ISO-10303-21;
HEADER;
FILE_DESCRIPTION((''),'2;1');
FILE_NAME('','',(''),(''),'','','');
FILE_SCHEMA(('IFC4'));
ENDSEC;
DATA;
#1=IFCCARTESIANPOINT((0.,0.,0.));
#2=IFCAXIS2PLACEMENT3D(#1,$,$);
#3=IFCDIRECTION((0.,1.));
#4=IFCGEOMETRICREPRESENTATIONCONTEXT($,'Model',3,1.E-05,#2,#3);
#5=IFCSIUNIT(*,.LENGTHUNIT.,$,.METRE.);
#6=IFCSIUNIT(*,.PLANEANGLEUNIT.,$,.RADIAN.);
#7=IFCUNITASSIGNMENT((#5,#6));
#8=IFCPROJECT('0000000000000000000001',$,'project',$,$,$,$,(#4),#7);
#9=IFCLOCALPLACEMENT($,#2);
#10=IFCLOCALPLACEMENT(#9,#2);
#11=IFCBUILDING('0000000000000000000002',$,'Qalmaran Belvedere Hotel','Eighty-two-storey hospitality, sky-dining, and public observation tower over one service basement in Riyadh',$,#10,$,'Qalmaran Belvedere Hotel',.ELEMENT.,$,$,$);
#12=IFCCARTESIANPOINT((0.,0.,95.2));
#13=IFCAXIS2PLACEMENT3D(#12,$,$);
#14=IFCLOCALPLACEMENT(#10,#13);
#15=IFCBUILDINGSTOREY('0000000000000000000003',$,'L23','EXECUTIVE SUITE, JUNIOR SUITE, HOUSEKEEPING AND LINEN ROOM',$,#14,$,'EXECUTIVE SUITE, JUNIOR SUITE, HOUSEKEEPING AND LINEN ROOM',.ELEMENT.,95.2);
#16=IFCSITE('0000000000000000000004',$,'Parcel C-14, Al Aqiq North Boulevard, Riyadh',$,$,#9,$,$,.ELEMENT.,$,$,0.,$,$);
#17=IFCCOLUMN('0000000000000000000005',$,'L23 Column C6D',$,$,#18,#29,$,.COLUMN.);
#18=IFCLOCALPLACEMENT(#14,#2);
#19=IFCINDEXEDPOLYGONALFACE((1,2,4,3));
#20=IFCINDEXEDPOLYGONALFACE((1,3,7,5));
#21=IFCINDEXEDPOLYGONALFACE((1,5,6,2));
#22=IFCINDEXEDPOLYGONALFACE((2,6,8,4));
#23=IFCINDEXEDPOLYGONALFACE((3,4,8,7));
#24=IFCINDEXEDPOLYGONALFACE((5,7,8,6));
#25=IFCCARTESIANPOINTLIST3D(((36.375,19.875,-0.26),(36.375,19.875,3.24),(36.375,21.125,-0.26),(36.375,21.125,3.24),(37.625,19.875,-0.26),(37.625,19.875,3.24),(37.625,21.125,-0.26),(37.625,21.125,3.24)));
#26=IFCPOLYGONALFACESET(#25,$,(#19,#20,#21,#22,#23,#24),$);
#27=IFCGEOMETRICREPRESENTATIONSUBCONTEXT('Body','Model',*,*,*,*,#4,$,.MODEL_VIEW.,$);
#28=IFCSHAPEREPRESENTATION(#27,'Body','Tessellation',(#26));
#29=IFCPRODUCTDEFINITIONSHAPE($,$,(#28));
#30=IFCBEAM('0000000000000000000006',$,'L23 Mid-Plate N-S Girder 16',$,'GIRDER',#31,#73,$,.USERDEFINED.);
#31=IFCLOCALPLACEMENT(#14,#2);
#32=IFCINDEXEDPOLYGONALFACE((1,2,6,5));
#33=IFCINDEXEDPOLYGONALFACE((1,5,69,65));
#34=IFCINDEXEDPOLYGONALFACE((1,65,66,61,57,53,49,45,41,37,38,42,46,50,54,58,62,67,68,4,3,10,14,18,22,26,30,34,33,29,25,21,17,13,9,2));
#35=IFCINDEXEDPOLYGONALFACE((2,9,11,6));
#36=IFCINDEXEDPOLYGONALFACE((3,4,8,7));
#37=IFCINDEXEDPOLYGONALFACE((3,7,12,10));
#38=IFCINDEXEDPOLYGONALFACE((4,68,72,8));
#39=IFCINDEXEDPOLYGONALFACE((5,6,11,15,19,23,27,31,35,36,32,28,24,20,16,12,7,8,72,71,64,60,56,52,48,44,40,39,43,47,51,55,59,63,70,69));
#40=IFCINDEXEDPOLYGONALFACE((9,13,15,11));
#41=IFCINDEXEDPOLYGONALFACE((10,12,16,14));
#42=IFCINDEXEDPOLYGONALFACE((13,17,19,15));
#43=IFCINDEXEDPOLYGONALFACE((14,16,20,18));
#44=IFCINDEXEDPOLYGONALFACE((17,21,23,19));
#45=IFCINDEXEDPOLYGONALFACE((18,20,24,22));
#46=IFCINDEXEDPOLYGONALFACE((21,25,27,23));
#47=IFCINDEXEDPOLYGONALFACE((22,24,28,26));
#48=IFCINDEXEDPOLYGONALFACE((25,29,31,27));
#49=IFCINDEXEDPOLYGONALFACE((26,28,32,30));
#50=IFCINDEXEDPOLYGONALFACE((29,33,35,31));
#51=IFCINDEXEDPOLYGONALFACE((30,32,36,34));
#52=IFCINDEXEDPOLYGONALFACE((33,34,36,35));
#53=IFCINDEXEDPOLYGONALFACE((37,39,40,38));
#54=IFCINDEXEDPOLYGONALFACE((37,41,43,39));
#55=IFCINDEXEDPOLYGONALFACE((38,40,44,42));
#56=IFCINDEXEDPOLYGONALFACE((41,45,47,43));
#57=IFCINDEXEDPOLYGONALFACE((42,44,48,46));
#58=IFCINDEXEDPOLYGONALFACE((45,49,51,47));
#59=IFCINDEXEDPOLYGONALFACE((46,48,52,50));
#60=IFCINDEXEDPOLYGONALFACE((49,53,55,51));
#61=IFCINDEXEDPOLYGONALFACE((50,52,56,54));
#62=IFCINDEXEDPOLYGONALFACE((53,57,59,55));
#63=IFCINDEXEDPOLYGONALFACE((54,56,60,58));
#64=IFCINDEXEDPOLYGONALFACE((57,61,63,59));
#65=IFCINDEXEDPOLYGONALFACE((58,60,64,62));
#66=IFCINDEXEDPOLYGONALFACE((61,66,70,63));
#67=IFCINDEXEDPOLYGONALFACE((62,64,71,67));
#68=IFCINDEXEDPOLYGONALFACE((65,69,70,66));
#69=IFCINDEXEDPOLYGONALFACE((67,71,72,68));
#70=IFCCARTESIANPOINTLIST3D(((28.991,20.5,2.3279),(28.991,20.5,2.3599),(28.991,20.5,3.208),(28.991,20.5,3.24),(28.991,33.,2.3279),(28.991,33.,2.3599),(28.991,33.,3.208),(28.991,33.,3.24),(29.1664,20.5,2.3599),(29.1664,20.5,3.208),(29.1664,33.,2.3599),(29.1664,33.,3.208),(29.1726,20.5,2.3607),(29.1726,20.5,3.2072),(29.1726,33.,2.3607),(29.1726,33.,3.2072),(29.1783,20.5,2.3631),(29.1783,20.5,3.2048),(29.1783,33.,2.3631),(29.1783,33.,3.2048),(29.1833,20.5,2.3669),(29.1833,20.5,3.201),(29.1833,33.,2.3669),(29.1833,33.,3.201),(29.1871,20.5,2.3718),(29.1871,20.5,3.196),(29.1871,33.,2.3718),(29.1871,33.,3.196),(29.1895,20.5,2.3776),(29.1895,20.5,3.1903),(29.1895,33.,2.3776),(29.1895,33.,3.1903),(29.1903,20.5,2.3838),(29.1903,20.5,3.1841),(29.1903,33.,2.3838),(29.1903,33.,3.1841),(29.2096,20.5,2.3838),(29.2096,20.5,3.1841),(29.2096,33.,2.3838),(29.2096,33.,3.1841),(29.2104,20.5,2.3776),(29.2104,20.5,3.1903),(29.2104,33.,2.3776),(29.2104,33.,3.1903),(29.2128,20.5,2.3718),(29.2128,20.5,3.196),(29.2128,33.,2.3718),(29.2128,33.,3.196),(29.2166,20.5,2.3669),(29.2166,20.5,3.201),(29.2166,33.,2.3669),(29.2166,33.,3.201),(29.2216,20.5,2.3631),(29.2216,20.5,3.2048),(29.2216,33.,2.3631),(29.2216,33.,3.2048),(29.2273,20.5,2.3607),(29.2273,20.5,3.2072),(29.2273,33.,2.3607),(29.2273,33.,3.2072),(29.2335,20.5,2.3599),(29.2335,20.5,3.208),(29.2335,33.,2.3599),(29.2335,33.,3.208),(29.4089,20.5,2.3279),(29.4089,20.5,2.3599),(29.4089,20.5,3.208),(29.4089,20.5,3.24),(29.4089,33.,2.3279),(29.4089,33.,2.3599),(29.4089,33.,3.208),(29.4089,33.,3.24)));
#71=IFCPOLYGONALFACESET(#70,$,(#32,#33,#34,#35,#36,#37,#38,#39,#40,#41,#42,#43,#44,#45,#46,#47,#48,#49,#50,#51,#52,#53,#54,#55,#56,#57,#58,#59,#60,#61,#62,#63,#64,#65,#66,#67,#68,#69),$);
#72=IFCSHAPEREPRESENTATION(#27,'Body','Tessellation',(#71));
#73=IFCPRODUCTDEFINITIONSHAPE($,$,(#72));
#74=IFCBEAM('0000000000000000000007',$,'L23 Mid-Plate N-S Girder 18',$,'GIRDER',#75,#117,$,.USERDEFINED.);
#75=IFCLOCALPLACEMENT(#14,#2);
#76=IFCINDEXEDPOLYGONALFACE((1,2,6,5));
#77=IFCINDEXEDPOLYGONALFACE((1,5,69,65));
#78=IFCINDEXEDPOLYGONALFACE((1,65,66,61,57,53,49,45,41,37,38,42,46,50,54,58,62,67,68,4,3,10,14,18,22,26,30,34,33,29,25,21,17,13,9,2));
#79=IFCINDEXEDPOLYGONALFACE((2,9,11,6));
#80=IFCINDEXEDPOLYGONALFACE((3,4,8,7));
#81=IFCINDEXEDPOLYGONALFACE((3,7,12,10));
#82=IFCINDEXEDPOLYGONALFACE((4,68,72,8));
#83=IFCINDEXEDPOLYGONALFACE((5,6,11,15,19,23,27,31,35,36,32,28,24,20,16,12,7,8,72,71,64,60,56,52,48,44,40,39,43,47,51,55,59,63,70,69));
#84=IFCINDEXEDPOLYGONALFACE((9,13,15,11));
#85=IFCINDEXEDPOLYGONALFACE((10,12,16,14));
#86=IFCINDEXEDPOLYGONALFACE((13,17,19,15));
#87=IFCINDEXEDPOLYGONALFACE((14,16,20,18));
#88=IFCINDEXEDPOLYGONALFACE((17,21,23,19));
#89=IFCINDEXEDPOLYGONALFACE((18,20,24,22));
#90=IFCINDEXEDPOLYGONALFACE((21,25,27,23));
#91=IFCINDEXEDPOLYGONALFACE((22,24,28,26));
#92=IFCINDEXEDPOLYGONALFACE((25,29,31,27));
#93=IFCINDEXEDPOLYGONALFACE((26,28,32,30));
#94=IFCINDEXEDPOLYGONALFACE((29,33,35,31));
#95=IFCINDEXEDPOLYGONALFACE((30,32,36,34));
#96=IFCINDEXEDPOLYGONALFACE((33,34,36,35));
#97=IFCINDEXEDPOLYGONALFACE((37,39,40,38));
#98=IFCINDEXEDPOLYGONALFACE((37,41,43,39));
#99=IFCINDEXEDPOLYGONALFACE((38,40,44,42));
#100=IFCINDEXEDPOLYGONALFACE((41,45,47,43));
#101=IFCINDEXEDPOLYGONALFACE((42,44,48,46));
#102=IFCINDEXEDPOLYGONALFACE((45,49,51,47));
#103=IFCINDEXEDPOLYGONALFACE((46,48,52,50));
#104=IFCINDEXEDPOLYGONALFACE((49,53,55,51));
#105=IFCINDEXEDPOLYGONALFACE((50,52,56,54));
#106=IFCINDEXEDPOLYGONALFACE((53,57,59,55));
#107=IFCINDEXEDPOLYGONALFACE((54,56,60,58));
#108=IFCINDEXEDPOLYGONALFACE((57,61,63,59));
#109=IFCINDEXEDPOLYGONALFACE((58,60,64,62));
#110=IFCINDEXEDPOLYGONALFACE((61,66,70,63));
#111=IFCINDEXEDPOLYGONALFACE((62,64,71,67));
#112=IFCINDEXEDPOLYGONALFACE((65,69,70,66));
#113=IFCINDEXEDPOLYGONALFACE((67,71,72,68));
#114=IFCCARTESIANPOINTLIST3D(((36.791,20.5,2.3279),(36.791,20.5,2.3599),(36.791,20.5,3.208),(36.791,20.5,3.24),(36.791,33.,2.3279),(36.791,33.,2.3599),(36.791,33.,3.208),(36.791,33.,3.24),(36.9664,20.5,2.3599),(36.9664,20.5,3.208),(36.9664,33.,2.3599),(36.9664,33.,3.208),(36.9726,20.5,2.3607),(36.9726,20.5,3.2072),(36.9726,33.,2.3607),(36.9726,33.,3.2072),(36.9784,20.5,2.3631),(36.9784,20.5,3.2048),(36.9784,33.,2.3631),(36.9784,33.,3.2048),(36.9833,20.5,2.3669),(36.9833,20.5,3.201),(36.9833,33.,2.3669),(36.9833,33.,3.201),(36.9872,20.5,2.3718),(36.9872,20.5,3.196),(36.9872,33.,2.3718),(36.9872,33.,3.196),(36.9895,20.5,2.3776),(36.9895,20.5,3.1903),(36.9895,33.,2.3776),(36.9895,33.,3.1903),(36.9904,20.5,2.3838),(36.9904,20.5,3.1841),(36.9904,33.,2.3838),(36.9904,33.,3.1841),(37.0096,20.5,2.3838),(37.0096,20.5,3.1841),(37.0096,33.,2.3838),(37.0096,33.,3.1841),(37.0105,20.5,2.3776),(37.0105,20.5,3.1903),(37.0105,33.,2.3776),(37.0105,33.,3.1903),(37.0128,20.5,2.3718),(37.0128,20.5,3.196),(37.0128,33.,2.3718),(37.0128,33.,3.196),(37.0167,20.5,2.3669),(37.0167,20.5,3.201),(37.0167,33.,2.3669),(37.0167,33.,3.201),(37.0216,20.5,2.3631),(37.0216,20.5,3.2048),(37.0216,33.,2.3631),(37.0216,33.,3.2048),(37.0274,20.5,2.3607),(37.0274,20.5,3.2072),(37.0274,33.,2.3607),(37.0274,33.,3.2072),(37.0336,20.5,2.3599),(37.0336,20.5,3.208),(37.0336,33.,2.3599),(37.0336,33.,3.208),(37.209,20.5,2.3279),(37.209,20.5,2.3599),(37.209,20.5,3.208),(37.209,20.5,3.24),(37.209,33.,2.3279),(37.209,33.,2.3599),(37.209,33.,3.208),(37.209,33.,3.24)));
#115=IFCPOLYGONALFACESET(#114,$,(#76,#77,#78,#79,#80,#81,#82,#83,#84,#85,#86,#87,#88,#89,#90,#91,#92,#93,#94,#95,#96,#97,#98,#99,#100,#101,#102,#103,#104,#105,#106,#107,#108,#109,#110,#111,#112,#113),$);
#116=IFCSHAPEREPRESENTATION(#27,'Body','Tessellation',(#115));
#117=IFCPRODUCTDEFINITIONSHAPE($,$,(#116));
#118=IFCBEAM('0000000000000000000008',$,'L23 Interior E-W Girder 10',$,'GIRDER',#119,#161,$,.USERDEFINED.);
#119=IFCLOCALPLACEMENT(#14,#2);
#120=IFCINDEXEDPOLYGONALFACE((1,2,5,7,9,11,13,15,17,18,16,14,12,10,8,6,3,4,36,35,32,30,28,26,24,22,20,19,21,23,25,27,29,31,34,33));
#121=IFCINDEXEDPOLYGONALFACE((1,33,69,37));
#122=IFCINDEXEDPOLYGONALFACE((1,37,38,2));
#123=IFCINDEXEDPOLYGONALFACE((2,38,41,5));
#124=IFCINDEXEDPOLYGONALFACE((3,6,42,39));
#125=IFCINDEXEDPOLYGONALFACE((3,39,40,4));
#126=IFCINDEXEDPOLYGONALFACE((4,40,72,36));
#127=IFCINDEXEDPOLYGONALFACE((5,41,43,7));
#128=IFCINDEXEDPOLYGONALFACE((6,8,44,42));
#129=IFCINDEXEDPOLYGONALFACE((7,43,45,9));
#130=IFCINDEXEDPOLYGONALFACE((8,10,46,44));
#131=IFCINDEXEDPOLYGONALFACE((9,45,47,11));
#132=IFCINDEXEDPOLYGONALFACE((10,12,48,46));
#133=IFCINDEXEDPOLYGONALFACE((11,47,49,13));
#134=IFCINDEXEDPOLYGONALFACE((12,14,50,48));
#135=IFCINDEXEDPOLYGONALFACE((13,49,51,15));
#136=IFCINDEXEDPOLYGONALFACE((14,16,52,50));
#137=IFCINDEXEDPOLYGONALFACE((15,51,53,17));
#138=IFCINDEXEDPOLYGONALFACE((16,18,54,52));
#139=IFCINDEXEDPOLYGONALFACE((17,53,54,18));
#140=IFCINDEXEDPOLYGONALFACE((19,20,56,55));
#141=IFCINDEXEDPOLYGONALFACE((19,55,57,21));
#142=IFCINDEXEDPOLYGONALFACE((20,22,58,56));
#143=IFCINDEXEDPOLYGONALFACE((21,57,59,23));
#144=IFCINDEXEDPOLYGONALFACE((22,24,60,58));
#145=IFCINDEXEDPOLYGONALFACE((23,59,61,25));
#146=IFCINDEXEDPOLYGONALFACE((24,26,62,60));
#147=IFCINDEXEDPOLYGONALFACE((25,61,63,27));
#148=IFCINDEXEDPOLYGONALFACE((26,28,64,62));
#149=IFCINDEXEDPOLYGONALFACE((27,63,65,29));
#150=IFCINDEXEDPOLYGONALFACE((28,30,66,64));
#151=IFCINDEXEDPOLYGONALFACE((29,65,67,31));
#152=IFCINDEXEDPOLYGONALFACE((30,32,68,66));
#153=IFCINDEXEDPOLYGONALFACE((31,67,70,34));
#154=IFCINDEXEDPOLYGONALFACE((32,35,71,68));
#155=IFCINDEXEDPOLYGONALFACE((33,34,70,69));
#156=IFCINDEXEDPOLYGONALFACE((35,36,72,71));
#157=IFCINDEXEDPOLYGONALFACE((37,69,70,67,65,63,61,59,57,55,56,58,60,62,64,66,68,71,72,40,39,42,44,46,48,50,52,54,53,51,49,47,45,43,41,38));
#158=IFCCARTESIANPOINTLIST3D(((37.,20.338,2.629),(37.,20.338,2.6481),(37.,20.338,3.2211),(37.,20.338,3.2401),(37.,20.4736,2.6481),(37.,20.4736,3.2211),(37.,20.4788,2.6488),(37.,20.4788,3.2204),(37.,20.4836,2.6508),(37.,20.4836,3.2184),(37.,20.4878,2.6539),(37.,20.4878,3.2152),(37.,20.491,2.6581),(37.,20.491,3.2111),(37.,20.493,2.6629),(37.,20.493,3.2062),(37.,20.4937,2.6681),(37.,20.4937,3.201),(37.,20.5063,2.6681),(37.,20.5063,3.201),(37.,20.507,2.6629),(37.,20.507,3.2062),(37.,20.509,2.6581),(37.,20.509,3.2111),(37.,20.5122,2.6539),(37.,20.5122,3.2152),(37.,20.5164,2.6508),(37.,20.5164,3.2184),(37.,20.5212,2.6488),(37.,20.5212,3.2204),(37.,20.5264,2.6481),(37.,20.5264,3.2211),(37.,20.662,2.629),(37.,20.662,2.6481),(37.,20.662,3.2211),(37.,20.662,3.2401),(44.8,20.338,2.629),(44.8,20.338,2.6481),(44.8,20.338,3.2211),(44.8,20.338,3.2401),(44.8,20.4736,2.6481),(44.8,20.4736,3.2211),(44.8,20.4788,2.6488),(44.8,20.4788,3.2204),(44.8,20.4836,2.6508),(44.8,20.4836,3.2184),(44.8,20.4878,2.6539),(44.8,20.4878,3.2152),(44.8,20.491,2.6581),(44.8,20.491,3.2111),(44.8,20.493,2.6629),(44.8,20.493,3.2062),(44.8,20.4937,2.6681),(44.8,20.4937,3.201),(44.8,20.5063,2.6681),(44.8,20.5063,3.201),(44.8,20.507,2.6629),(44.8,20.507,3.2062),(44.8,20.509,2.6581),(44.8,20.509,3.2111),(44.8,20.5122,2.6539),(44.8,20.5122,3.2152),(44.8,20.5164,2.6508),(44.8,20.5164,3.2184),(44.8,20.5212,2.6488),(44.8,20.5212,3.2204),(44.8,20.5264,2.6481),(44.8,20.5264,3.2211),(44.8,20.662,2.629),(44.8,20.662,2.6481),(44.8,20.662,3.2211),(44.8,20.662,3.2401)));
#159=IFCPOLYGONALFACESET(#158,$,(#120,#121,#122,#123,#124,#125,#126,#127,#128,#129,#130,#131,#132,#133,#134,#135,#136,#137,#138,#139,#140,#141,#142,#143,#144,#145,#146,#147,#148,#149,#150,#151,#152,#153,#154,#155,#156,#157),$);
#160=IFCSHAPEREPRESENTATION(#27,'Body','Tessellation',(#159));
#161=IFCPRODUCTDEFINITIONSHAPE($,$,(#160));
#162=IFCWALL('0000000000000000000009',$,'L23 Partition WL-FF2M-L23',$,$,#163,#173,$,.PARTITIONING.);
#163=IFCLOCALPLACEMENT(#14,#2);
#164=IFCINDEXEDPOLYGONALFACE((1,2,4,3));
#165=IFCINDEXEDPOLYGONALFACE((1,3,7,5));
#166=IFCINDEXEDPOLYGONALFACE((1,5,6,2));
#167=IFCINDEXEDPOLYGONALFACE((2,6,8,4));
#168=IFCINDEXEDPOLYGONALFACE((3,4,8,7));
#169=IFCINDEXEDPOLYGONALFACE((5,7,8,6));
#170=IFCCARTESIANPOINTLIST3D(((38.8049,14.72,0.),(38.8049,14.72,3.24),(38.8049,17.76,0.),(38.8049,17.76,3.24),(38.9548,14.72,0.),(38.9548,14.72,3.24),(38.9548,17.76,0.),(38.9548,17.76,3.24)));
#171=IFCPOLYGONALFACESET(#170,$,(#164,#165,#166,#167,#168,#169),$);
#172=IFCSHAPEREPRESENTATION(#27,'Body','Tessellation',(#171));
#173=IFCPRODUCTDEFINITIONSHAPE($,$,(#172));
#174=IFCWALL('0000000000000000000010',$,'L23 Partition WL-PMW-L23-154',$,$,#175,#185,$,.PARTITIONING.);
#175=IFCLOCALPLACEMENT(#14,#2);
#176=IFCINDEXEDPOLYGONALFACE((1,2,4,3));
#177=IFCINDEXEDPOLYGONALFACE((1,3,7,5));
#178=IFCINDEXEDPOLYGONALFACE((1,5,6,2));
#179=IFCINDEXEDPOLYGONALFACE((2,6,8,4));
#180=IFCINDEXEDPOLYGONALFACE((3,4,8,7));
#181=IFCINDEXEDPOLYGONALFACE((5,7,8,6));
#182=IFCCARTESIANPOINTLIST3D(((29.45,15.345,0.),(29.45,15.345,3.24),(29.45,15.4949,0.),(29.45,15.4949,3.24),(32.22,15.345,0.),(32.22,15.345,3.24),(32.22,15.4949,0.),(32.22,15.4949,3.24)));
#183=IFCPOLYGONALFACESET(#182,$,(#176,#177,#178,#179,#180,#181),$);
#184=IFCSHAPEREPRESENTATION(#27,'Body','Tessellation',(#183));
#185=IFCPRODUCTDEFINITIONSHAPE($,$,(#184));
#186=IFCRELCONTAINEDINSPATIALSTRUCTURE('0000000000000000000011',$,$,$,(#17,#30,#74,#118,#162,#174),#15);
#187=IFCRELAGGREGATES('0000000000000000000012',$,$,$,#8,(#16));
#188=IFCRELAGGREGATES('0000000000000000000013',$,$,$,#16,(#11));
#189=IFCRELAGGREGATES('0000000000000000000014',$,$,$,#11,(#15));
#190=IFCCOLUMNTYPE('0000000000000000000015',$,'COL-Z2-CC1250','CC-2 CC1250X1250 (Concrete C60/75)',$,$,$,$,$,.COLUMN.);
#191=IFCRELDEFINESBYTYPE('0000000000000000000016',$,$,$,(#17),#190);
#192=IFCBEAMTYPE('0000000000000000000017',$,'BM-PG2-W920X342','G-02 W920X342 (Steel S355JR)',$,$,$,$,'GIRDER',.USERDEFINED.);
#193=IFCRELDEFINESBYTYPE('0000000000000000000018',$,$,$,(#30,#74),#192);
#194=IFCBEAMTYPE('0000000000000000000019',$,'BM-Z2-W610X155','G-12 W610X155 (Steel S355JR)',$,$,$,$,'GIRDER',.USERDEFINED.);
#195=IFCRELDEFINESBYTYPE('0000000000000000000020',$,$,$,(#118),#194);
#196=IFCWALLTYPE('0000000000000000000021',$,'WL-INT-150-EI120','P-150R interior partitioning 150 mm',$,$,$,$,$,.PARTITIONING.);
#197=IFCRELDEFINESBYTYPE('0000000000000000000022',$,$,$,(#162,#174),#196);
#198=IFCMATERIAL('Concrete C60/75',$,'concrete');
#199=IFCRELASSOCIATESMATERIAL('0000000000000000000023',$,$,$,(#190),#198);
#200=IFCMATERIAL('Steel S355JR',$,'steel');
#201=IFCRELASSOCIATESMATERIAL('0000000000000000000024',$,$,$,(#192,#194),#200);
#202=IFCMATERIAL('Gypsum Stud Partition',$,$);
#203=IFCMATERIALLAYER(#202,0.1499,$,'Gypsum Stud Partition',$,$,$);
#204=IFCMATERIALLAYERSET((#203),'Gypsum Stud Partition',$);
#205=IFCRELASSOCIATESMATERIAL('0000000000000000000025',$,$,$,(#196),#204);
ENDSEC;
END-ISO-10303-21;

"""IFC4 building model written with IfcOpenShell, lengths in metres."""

from ifc_helpers import new_model, si_unit, direction, frame, frame_2d, origin, origin_2d, place, context, subcontext, project, spatial, rectangle, i_section, extrude, material, layer, layer_set, material_profile, profile_set, type_object, element, save


model = new_model("IFC4")

# Units and contexts
model_context = context("Model", 3, precision=1e-05, world=origin(), true_north=direction((0.0, 1.0)))
body_context = subcontext(model_context, "Body", "Model", "MODEL_VIEW")
ifc_project = project(units=[si_unit("LENGTHUNIT", "METRE"), si_unit("PLANEANGLEUNIT", "RADIAN")], contexts=[model_context])

# Site, building, storey
site_placement = place(None, origin())
site = spatial("IfcSite", under=ifc_project, at=site_placement, Name="Parcel C-14, Al Aqiq North Boulevard, Riyadh", CompositionType="ELEMENT", RefElevation=0.0)
building_placement = place(site_placement, origin())
building = spatial("IfcBuilding", under=site, at=building_placement, Name="Qalmaran Belvedere Hotel", Description="Eighty-two-storey hospitality, sky-dining, and public observation tower over one service basement in Riyadh", LongName="Qalmaran Belvedere Hotel", CompositionType="ELEMENT")
storey_placement = place(building_placement, frame((0.0, 0.0, 95.2)))
storey = spatial("IfcBuildingStorey", under=building, at=storey_placement, Name="L23", Description="EXECUTIVE SUITE, JUNIOR SUITE, HOUSEKEEPING AND LINEN ROOM", LongName="EXECUTIVE SUITE, JUNIOR SUITE, HOUSEKEEPING AND LINEN ROOM", CompositionType="ELEMENT", Elevation=95.2)

# Column
ifc_material_1 = material(Name="Concrete C60/75", Category="concrete")
ifc_material_profile_1 = material_profile(ifc_material_1, rectangle(XDim=1.25, YDim=1.25, at=origin_2d()), Name="CC1250X1250")
ifc_profile_set_1 = profile_set([ifc_material_profile_1], Name="Concrete C60/75")
column_type = type_object("IfcColumnType", Name="COL-Z2-CC1250", Description="CC-2 CC1250X1250 (Concrete C60/75)", PredefinedType="COLUMN", material=ifc_profile_set_1)
column_placement = place(storey_placement, frame((37.0, 20.5, -0.26), z_axis=(0.0, 0.0, 1.0), x_axis=(1.0, 0.0, 0.0)))
element("IfcColumn", 1, at=column_placement, inside=storey, type_object=column_type, Name="L23 Column C6D", PredefinedType="COLUMN", context=body_context, shape_type="SweptSolid", body=[
    extrude(rectangle(XDim=1.25, YDim=1.25, at=origin_2d()), origin(), (0.0, 0.0, 1.0), 3.5),
])

# Beams
ifc_material_2 = material(Name="Steel S355JR", Category="steel")
ifc_material_profile_2 = material_profile(ifc_material_2, i_section(OverallWidth=0.418, OverallDepth=0.9121, WebThickness=0.0193, FlangeThickness=0.032, FilletRadius=0.0239, at=origin_2d()), Name="W920X342")
ifc_profile_set_2 = profile_set([ifc_material_profile_2], Name="Steel S355JR")
beam_type_1 = type_object("IfcBeamType", Name="BM-PG2-W920X342", Description="G-02 W920X342 (Steel S355JR)", ElementType="GIRDER", PredefinedType="USERDEFINED", material=ifc_profile_set_2)
for number, where, z_axis, x_axis, name in (
    (2, (29.2, 20.5, 2.7839), (0.0, 1.0, 0.0), (-1.0, 0.0, 0.0), "L23 Mid-Plate N-S Girder 16"),
    (3, (37.0, 20.5, 2.7839), (0.0, 1.0, 0.0), (-1.0, 0.0, 0.0), "L23 Mid-Plate N-S Girder 18"),
):
    element("IfcBeam", number, at=place(storey_placement, frame(where, z_axis=z_axis, x_axis=x_axis)), inside=storey, type_object=beam_type_1, Name=name, ObjectType="GIRDER", PredefinedType="USERDEFINED", context=body_context, shape_type="SweptSolid", body=[
        extrude(i_section(OverallWidth=0.418, OverallDepth=0.9121, WebThickness=0.0193, FlangeThickness=0.032, FilletRadius=0.0239, at=origin_2d()), origin(), (0.0, 0.0, 1.0), 12.5),
    ])
ifc_material_profile_3 = material_profile(ifc_material_2, i_section(OverallWidth=0.324, OverallDepth=0.6111, WebThickness=0.0127, FlangeThickness=0.019, FilletRadius=0.02, at=origin_2d()), Name="W610X155")
ifc_profile_set_3 = profile_set([ifc_material_profile_3], Name="Steel S355JR")
beam_type_2 = type_object("IfcBeamType", Name="BM-Z2-W610X155", Description="G-12 W610X155 (Steel S355JR)", ElementType="GIRDER", PredefinedType="USERDEFINED", material=ifc_profile_set_3)
beam_placement = place(storey_placement, frame((37.0, 20.5, 2.9346), z_axis=(1.0, 0.0, 0.0), x_axis=(0.0, 1.0, 0.0)))
element("IfcBeam", 4, at=beam_placement, inside=storey, type_object=beam_type_2, Name="L23 Interior E-W Girder 10", ObjectType="GIRDER", PredefinedType="USERDEFINED", context=body_context, shape_type="SweptSolid", body=[
    extrude(i_section(OverallWidth=0.324, OverallDepth=0.6111, WebThickness=0.0127, FlangeThickness=0.019, FilletRadius=0.02, at=origin_2d()), origin(), (0.0, 0.0, 1.0), 7.8),
])

# Walls
ifc_material_3 = material(Name="Gypsum Stud Partition")
ifc_layer_1 = layer(ifc_material_3, 0.1499, Name="Gypsum Stud Partition")
ifc_layer_set_1 = layer_set([ifc_layer_1], Name="Gypsum Stud Partition")
wall_type_1 = type_object("IfcWallType", Name="WL-INT-150-EI120", Description="P-150R interior partitioning 150 mm", PredefinedType="PARTITIONING", material=ifc_layer_set_1)
wall_1_placement = place(storey_placement, frame((38.8799, 14.72, 0.0), z_axis=(0.0, 0.0, 1.0), x_axis=(0.0, 1.0, 0.0)))
element("IfcWall", 5, at=wall_1_placement, inside=storey, type_object=wall_type_1, Name="L23 Partition WL-FF2M-L23", PredefinedType="PARTITIONING", context=body_context, shape_type="SweptSolid", body=[
    extrude(rectangle(XDim=3.04, YDim=0.1499, at=frame_2d((1.52, 0.0))), origin(), (0.0, 0.0, 1.0), 3.24),
])
wall_2_placement = place(storey_placement, frame((29.45, 15.4199, 0.0), z_axis=(0.0, 0.0, 1.0), x_axis=(1.0, 0.0, 0.0)))
element("IfcWall", 6, at=wall_2_placement, inside=storey, type_object=wall_type_1, Name="L23 Partition WL-PMW-L23-154", PredefinedType="PARTITIONING", context=body_context, shape_type="SweptSolid", body=[
    extrude(rectangle(XDim=2.77, YDim=0.1499, at=frame_2d((1.385, 0.0))), origin(), (0.0, 0.0, 1.0), 3.24),
])

save(model, "model.ifc")
